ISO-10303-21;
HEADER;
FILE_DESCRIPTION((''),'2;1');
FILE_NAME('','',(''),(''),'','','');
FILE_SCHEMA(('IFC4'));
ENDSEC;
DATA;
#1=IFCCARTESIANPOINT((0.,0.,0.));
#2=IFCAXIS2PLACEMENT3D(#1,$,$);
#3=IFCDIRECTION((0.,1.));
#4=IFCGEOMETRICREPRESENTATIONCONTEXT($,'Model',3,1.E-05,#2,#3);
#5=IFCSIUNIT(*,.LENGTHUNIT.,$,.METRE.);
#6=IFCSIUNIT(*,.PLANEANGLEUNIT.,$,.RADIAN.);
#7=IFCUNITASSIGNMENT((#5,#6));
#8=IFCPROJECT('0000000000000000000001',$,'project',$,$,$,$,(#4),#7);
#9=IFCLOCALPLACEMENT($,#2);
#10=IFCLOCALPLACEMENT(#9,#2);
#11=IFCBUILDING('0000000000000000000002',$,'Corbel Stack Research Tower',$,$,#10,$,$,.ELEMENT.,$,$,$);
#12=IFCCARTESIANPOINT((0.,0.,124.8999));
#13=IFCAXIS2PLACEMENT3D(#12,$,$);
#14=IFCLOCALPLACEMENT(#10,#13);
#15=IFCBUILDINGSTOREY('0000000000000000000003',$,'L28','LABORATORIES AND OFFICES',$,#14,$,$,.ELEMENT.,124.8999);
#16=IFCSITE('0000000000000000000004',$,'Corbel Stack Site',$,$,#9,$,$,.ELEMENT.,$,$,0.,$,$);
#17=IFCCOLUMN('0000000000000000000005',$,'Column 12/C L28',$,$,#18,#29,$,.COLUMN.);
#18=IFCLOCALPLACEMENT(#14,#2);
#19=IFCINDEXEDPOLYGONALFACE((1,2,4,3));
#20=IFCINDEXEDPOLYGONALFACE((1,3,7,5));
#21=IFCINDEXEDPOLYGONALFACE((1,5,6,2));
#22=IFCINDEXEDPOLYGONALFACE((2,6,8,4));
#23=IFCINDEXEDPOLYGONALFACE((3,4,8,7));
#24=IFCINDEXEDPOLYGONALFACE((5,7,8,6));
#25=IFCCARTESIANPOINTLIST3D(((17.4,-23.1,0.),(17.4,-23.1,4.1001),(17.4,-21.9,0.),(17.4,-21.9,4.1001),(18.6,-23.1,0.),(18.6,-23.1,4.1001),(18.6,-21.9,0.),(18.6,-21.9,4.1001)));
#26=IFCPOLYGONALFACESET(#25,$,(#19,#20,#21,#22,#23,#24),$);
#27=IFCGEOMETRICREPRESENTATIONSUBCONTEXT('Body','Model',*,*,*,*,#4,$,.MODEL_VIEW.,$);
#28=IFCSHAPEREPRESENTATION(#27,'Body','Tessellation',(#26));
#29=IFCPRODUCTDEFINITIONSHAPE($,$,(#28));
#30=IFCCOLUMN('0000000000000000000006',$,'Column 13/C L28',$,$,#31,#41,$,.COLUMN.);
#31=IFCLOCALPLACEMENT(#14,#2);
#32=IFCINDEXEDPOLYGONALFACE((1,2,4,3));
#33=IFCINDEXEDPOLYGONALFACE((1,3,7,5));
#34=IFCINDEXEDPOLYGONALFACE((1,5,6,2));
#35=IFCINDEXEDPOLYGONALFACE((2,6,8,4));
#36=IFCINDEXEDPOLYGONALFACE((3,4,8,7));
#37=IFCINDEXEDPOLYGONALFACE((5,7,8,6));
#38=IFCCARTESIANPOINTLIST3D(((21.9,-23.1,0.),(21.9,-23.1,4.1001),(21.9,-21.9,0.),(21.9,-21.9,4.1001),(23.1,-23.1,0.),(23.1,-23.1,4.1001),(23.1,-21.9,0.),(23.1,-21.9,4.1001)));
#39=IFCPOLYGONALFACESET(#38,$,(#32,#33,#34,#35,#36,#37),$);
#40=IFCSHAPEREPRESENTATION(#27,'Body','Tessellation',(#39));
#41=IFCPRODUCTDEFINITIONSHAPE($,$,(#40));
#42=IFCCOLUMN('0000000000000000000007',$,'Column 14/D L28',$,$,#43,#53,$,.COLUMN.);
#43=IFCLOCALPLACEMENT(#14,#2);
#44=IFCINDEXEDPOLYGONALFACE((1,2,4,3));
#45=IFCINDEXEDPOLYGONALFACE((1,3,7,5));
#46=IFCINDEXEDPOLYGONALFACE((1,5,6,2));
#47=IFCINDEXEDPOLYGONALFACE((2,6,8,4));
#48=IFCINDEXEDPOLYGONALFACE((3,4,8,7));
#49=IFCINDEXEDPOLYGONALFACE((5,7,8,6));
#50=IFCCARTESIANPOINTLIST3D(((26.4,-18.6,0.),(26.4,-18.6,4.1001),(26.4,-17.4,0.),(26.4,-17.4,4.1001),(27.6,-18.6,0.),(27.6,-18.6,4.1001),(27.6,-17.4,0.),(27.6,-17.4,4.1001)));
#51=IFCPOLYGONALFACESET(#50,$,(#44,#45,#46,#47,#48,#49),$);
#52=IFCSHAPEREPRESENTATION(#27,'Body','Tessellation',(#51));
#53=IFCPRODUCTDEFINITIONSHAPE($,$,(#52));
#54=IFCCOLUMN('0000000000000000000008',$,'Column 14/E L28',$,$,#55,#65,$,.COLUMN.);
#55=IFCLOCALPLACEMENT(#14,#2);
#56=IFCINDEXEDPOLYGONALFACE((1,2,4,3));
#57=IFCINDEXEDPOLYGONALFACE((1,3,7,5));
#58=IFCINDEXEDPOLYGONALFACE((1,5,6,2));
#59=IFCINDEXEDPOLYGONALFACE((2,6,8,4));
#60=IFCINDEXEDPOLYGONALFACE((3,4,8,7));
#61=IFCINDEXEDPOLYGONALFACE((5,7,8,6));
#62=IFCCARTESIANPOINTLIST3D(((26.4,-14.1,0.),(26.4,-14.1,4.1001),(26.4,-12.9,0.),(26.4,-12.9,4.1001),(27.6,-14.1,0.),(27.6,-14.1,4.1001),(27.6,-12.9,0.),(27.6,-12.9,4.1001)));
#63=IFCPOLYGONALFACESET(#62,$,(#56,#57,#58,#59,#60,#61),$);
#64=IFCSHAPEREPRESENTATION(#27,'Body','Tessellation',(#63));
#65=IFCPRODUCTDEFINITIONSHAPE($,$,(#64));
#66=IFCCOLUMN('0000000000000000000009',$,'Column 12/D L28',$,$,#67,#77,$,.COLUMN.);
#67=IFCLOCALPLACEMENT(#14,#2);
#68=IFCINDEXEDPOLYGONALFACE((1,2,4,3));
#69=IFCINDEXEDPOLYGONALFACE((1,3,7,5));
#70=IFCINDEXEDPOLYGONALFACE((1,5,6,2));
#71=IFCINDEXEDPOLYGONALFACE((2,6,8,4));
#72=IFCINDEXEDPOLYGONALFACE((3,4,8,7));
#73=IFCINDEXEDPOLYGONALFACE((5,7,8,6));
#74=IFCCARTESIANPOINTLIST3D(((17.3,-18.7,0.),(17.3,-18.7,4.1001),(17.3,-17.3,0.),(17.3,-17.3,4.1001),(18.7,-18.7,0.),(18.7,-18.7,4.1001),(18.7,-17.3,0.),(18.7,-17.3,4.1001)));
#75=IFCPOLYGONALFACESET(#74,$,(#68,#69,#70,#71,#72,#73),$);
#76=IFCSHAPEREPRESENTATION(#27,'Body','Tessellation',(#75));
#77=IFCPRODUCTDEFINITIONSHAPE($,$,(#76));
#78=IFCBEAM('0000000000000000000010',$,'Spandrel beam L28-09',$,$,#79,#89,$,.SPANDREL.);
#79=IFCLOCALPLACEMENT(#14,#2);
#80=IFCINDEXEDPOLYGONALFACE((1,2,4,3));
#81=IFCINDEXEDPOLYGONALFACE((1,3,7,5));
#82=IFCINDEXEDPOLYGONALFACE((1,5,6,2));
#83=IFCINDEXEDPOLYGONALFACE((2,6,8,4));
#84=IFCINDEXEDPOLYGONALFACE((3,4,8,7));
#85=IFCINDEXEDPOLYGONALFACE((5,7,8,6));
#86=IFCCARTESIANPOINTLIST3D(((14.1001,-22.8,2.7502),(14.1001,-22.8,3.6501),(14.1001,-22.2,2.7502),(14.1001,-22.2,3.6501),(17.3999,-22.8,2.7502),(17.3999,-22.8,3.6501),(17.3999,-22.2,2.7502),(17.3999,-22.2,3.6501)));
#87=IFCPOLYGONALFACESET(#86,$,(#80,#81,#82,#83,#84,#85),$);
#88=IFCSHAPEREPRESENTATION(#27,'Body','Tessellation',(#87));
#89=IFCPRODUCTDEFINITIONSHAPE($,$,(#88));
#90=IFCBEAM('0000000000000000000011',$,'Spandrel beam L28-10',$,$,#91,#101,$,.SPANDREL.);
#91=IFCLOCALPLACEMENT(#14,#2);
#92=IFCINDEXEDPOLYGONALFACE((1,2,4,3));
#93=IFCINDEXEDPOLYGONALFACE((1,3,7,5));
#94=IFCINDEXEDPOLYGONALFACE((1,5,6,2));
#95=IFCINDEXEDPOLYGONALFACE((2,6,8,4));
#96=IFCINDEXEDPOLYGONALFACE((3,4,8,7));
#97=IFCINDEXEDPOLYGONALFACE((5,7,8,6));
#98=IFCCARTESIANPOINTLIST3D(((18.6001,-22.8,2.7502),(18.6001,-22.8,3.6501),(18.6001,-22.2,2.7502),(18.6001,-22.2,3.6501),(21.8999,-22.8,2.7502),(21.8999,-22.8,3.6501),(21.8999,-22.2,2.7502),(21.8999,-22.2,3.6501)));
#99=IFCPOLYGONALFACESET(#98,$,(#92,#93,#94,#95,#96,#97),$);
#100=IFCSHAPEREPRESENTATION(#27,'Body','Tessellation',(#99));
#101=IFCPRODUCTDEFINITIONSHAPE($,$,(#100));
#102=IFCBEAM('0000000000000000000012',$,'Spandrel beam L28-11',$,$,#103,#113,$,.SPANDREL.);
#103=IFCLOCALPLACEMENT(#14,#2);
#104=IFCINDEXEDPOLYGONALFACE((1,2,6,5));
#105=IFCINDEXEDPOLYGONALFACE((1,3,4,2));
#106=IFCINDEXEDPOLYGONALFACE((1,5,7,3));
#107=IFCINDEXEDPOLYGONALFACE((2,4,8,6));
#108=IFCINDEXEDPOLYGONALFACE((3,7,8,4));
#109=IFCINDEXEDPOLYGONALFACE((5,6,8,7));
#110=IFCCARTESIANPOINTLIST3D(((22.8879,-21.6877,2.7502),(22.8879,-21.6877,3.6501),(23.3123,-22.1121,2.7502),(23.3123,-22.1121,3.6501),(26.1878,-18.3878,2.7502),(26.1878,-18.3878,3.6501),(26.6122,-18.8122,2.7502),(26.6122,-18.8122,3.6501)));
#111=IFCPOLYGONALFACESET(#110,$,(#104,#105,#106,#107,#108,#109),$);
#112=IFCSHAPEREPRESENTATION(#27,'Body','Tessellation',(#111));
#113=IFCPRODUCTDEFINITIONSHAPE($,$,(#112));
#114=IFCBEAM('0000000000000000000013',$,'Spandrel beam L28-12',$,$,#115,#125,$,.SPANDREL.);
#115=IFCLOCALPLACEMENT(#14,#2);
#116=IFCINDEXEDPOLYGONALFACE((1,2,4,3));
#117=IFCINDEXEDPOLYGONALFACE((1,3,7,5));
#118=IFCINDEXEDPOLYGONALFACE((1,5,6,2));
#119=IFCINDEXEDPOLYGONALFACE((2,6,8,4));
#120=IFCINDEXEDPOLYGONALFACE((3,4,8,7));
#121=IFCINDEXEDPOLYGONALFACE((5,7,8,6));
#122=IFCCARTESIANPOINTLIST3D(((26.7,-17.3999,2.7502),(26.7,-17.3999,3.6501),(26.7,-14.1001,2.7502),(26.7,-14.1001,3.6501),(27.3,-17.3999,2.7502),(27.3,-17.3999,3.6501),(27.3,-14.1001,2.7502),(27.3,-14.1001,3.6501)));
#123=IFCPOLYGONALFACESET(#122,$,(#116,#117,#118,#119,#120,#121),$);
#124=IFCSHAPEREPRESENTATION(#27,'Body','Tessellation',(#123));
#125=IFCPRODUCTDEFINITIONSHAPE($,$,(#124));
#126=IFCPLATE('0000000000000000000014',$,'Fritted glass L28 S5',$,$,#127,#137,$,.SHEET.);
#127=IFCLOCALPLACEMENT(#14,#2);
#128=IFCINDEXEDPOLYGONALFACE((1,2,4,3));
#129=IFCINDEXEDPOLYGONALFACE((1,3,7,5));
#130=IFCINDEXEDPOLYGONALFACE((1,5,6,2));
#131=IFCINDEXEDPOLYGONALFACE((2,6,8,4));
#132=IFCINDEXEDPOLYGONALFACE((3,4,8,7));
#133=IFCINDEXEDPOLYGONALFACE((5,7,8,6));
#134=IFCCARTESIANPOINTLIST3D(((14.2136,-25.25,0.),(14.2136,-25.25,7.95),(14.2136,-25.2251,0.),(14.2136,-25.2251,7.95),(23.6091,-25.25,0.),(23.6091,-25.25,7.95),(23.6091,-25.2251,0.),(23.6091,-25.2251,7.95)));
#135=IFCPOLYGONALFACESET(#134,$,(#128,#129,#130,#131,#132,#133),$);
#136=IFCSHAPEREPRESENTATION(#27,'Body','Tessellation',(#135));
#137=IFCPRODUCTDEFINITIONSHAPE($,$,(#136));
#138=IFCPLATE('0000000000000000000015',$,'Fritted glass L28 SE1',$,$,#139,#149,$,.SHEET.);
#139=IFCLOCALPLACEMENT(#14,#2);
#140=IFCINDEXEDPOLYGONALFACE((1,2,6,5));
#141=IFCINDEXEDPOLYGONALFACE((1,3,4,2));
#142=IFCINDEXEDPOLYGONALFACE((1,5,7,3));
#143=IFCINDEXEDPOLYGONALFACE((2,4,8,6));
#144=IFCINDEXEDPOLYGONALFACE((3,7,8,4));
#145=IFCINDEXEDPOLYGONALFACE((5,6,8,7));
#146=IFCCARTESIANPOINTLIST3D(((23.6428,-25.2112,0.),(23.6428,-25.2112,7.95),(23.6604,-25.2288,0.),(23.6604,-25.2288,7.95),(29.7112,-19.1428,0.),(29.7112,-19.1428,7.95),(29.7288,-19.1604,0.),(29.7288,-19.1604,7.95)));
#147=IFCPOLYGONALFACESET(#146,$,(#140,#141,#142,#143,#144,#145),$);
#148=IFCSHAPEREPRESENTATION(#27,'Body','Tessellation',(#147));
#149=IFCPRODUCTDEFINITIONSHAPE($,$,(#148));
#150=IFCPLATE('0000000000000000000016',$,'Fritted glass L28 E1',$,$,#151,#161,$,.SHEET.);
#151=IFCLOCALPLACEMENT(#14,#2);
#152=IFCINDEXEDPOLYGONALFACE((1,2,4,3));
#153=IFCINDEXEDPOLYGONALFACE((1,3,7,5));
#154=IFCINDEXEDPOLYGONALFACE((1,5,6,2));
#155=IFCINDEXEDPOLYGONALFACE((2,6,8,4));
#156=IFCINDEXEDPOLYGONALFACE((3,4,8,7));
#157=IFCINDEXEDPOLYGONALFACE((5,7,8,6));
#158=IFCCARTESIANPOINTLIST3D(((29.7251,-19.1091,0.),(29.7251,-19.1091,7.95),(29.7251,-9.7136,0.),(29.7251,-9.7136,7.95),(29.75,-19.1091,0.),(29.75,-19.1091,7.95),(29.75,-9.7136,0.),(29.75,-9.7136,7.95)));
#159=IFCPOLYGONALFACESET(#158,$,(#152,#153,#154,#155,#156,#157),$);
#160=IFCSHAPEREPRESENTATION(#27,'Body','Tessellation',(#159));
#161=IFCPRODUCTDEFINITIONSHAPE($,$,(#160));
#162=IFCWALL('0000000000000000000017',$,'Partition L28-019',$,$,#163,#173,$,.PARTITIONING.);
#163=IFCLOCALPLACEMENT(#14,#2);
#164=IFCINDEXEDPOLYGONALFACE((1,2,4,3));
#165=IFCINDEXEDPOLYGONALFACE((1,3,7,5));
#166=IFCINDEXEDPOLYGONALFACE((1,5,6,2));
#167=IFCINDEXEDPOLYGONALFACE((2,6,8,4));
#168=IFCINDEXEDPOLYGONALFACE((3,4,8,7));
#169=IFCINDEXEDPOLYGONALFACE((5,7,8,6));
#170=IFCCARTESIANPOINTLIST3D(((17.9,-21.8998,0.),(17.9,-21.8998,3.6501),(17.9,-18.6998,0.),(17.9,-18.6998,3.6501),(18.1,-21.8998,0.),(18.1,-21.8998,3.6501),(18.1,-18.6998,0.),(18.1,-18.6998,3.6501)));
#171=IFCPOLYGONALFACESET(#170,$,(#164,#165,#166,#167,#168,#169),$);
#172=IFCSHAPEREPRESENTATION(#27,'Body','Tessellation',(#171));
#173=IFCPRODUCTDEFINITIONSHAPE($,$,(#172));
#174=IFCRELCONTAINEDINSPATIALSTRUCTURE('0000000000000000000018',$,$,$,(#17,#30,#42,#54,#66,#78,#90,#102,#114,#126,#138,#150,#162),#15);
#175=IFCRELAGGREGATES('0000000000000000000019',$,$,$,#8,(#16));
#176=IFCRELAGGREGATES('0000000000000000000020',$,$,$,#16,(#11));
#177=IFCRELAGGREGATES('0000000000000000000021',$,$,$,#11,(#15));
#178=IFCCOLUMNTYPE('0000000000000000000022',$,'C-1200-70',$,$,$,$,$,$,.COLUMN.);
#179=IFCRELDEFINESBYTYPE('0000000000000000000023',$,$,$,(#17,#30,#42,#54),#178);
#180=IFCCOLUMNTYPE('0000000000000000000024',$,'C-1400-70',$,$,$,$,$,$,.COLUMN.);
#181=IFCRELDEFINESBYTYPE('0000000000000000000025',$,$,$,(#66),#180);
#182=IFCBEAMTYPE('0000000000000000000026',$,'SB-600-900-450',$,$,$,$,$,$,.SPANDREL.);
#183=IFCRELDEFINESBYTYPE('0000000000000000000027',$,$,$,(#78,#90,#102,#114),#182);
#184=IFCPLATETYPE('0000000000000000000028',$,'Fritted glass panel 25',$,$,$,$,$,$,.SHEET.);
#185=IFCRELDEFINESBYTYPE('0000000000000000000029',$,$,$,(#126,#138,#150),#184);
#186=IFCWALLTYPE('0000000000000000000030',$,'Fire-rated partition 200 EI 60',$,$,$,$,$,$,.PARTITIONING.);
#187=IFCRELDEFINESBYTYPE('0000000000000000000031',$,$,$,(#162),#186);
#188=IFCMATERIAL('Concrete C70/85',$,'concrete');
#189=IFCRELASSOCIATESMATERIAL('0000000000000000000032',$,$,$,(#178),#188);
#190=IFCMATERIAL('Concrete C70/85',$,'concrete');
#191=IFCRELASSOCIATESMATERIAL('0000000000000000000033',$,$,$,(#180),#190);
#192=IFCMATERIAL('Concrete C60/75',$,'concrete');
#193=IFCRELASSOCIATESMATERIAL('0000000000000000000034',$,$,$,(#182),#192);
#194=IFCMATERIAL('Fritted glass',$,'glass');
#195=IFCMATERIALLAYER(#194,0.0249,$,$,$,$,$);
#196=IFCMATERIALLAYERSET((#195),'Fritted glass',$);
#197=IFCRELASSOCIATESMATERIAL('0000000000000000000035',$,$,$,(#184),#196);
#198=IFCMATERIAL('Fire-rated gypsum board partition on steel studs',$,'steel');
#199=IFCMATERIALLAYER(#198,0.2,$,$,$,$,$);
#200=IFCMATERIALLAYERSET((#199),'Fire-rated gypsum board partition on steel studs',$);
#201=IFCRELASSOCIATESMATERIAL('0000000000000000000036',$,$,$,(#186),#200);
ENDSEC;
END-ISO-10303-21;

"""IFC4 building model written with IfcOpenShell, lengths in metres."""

from ifc_helpers import new_model, si_unit, direction, frame, frame_2d, origin, origin_2d, place, context, subcontext, project, spatial, rectangle, extrude, material, layer, layer_set, material_profile, profile_set, type_object, element, save


model = new_model("IFC4")

# Units and contexts
model_context = context("Model", 3, precision=1e-05, world=origin(), true_north=direction((0.0, 1.0)))
body_context = subcontext(model_context, "Body", "Model", "MODEL_VIEW")
ifc_project = project(units=[si_unit("LENGTHUNIT", "METRE"), si_unit("PLANEANGLEUNIT", "RADIAN")], contexts=[model_context])

# Site, building, storey
site_placement = place(None, origin())
site = spatial("IfcSite", under=ifc_project, at=site_placement, Name="Corbel Stack Site", CompositionType="ELEMENT", RefElevation=0.0)
building_placement = place(site_placement, origin())
building = spatial("IfcBuilding", under=site, at=building_placement, Name="Corbel Stack Research Tower", CompositionType="ELEMENT")
storey_placement = place(building_placement, frame((0.0, 0.0, 124.8999)))
storey = spatial("IfcBuildingStorey", under=building, at=storey_placement, Name="L28", Description="LABORATORIES AND OFFICES", CompositionType="ELEMENT", Elevation=124.8999)

# Columns
ifc_material_1 = material(Name="Concrete C70/85", Category="concrete")
ifc_material_profile_1 = material_profile(ifc_material_1, rectangle(XDim=1.2, YDim=1.2, at=origin_2d()), Name="RC 1200 x 1200")
ifc_profile_set_1 = profile_set([ifc_material_profile_1], Name="Concrete C70/85")
column_type_1 = type_object("IfcColumnType", Name="C-1200-70", PredefinedType="COLUMN", material=ifc_profile_set_1)
for number, where, z_axis, x_axis, name in (
    (1, (18.0, -22.5, 0.0), (0.0, 0.0, 1.0), (1.0, 0.0, 0.0), "Column 12/C L28"),
    (2, (22.5, -22.5, 0.0), (0.0, 0.0, 1.0), (1.0, 0.0, 0.0), "Column 13/C L28"),
    (3, (27.0, -18.0, 0.0), (0.0, 0.0, 1.0), (1.0, 0.0, 0.0), "Column 14/D L28"),
    (4, (27.0, -13.5, 0.0), (0.0, 0.0, 1.0), (1.0, 0.0, 0.0), "Column 14/E L28"),
):
    element("IfcColumn", number, at=place(storey_placement, frame(where, z_axis=z_axis, x_axis=x_axis)), inside=storey, type_object=column_type_1, Name=name, PredefinedType="COLUMN", context=body_context, shape_type="SweptSolid", body=[
        extrude(rectangle(XDim=1.2, YDim=1.2, at=origin_2d()), origin(), (0.0, 0.0, 1.0), 4.1001),
    ])
ifc_material_2 = material(Name="Concrete C70/85", Category="concrete")
ifc_material_profile_2 = material_profile(ifc_material_2, rectangle(XDim=1.3999, YDim=1.3999, at=origin_2d()), Name="RC 1400 x 1400")
ifc_profile_set_2 = profile_set([ifc_material_profile_2], Name="Concrete C70/85")
column_type_2 = type_object("IfcColumnType", Name="C-1400-70", PredefinedType="COLUMN", material=ifc_profile_set_2)
column_placement = place(storey_placement, frame((18.0, -18.0, 0.0), z_axis=(0.0, 0.0, 1.0), x_axis=(1.0, 0.0, 0.0)))
element("IfcColumn", 5, at=column_placement, inside=storey, type_object=column_type_2, Name="Column 12/D L28", PredefinedType="COLUMN", context=body_context, shape_type="SweptSolid", body=[
    extrude(rectangle(XDim=1.3999, YDim=1.3999, at=origin_2d()), origin(), (0.0, 0.0, 1.0), 4.1001),
])

# Beams
ifc_material_3 = material(Name="Concrete C60/75", Category="concrete")
ifc_material_profile_3 = material_profile(ifc_material_3, rectangle(XDim=0.6001, YDim=0.8999, at=origin_2d()), Name="RC 600 x 900")
ifc_profile_set_3 = profile_set([ifc_material_profile_3], Name="Concrete C60/75")
beam_type = type_object("IfcBeamType", Name="SB-600-900-450", PredefinedType="SPANDREL", material=ifc_profile_set_3)
for number, where, z_axis, x_axis, name in (
    (6, (14.1001, -22.5, 3.2002), (1.0, 0.0, 0.0), (0.0, 1.0, 0.0), "Spandrel beam L28-09"),
    (7, (18.6001, -22.5, 3.2002), (1.0, 0.0, 0.0), (0.0, 1.0, 0.0), "Spandrel beam L28-10"),
):
    element("IfcBeam", number, at=place(storey_placement, frame(where, z_axis=z_axis, x_axis=x_axis)), inside=storey, type_object=beam_type, Name=name, PredefinedType="SPANDREL", context=body_context, shape_type="SweptSolid", body=[
        extrude(rectangle(XDim=0.6001, YDim=0.8999, at=origin_2d()), origin(), (0.0, 0.0, 1.0), 3.2998),
    ])
beam_1_placement = place(storey_placement, frame((23.1001, -21.8999, 3.2002), z_axis=(0.707107, 0.707107, 0.0), x_axis=(-0.707107, 0.707107, 0.0)))
element("IfcBeam", 8, at=beam_1_placement, inside=storey, type_object=beam_type, Name="Spandrel beam L28-11", PredefinedType="SPANDREL", context=body_context, shape_type="SweptSolid", body=[
    extrude(rectangle(XDim=0.6001, YDim=0.8999, at=origin_2d()), origin(), (0.0, 0.0, 1.0), 4.6667),
])
beam_2_placement = place(storey_placement, frame((27.0, -17.3999, 3.2002), z_axis=(0.0, 1.0, 0.0), x_axis=(-1.0, 0.0, 0.0)))
element("IfcBeam", 9, at=beam_2_placement, inside=storey, type_object=beam_type, Name="Spandrel beam L28-12", PredefinedType="SPANDREL", context=body_context, shape_type="SweptSolid", body=[
    extrude(rectangle(XDim=0.6001, YDim=0.8999, at=origin_2d()), origin(), (0.0, 0.0, 1.0), 3.2998),
])

# Plates
ifc_material_4 = material(Name="Fritted glass", Category="glass")
ifc_layer_1 = layer(ifc_material_4, 0.0249)
ifc_layer_set_1 = layer_set([ifc_layer_1], Name="Fritted glass")
plate_type = type_object("IfcPlateType", Name="Fritted glass panel 25", PredefinedType="SHEET", material=ifc_layer_set_1)
plate_1_placement = place(storey_placement, frame((18.9114, -25.2375, 0.0), z_axis=(0.0, 0.0, 1.0), x_axis=(1.0, 0.0, 0.0)))
element("IfcPlate", 10, at=plate_1_placement, inside=storey, type_object=plate_type, Name="Fritted glass L28 S5", PredefinedType="SHEET", context=body_context, shape_type="SweptSolid", body=[
    extrude(rectangle(XDim=9.3955, YDim=0.0249, at=origin_2d()), origin(), (0.0, 0.0, 1.0), 7.95),
])
plate_2_placement = place(storey_placement, frame((26.6858, -22.1858, 0.0), z_axis=(0.0, 0.0, 1.0), x_axis=(0.707107, 0.707107, 0.0)))
element("IfcPlate", 11, at=plate_2_placement, inside=storey, type_object=plate_type, Name="Fritted glass L28 SE1", PredefinedType="SHEET", context=body_context, shape_type="SweptSolid", body=[
    extrude(rectangle(XDim=8.582, YDim=0.0249, at=origin_2d()), origin(), (0.0, 0.0, 1.0), 7.95),
])
plate_3_placement = place(storey_placement, frame((29.7375, -14.4114, 0.0), z_axis=(0.0, 0.0, 1.0), x_axis=(0.0, 1.0, 0.0)))
element("IfcPlate", 12, at=plate_3_placement, inside=storey, type_object=plate_type, Name="Fritted glass L28 E1", PredefinedType="SHEET", context=body_context, shape_type="SweptSolid", body=[
    extrude(rectangle(XDim=9.3955, YDim=0.0249, at=origin_2d()), origin(), (0.0, 0.0, 1.0), 7.95),
])

# Wall
ifc_material_5 = material(Name="Fire-rated gypsum board partition on steel studs", Category="steel")
ifc_layer_2 = layer(ifc_material_5, 0.2)
ifc_layer_set_2 = layer_set([ifc_layer_2], Name="Fire-rated gypsum board partition on steel studs")
wall_type_1 = type_object("IfcWallType", Name="Fire-rated partition 200 EI 60", PredefinedType="PARTITIONING", material=ifc_layer_set_2)
wall_1_placement = place(storey_placement, frame((18.0, -21.8999, 0.0), z_axis=(0.0, 0.0, 1.0), x_axis=(0.0, 1.0, 0.0)))
element("IfcWall", 13, at=wall_1_placement, inside=storey, type_object=wall_type_1, Name="Partition L28-019", PredefinedType="PARTITIONING", context=body_context, shape_type="SweptSolid", body=[
    extrude(rectangle(XDim=3.2, YDim=0.2, at=frame_2d((1.6001, 0.0))), origin(), (0.0, 0.0, 1.0), 3.6501),
])

save(model, "model.ifc")
